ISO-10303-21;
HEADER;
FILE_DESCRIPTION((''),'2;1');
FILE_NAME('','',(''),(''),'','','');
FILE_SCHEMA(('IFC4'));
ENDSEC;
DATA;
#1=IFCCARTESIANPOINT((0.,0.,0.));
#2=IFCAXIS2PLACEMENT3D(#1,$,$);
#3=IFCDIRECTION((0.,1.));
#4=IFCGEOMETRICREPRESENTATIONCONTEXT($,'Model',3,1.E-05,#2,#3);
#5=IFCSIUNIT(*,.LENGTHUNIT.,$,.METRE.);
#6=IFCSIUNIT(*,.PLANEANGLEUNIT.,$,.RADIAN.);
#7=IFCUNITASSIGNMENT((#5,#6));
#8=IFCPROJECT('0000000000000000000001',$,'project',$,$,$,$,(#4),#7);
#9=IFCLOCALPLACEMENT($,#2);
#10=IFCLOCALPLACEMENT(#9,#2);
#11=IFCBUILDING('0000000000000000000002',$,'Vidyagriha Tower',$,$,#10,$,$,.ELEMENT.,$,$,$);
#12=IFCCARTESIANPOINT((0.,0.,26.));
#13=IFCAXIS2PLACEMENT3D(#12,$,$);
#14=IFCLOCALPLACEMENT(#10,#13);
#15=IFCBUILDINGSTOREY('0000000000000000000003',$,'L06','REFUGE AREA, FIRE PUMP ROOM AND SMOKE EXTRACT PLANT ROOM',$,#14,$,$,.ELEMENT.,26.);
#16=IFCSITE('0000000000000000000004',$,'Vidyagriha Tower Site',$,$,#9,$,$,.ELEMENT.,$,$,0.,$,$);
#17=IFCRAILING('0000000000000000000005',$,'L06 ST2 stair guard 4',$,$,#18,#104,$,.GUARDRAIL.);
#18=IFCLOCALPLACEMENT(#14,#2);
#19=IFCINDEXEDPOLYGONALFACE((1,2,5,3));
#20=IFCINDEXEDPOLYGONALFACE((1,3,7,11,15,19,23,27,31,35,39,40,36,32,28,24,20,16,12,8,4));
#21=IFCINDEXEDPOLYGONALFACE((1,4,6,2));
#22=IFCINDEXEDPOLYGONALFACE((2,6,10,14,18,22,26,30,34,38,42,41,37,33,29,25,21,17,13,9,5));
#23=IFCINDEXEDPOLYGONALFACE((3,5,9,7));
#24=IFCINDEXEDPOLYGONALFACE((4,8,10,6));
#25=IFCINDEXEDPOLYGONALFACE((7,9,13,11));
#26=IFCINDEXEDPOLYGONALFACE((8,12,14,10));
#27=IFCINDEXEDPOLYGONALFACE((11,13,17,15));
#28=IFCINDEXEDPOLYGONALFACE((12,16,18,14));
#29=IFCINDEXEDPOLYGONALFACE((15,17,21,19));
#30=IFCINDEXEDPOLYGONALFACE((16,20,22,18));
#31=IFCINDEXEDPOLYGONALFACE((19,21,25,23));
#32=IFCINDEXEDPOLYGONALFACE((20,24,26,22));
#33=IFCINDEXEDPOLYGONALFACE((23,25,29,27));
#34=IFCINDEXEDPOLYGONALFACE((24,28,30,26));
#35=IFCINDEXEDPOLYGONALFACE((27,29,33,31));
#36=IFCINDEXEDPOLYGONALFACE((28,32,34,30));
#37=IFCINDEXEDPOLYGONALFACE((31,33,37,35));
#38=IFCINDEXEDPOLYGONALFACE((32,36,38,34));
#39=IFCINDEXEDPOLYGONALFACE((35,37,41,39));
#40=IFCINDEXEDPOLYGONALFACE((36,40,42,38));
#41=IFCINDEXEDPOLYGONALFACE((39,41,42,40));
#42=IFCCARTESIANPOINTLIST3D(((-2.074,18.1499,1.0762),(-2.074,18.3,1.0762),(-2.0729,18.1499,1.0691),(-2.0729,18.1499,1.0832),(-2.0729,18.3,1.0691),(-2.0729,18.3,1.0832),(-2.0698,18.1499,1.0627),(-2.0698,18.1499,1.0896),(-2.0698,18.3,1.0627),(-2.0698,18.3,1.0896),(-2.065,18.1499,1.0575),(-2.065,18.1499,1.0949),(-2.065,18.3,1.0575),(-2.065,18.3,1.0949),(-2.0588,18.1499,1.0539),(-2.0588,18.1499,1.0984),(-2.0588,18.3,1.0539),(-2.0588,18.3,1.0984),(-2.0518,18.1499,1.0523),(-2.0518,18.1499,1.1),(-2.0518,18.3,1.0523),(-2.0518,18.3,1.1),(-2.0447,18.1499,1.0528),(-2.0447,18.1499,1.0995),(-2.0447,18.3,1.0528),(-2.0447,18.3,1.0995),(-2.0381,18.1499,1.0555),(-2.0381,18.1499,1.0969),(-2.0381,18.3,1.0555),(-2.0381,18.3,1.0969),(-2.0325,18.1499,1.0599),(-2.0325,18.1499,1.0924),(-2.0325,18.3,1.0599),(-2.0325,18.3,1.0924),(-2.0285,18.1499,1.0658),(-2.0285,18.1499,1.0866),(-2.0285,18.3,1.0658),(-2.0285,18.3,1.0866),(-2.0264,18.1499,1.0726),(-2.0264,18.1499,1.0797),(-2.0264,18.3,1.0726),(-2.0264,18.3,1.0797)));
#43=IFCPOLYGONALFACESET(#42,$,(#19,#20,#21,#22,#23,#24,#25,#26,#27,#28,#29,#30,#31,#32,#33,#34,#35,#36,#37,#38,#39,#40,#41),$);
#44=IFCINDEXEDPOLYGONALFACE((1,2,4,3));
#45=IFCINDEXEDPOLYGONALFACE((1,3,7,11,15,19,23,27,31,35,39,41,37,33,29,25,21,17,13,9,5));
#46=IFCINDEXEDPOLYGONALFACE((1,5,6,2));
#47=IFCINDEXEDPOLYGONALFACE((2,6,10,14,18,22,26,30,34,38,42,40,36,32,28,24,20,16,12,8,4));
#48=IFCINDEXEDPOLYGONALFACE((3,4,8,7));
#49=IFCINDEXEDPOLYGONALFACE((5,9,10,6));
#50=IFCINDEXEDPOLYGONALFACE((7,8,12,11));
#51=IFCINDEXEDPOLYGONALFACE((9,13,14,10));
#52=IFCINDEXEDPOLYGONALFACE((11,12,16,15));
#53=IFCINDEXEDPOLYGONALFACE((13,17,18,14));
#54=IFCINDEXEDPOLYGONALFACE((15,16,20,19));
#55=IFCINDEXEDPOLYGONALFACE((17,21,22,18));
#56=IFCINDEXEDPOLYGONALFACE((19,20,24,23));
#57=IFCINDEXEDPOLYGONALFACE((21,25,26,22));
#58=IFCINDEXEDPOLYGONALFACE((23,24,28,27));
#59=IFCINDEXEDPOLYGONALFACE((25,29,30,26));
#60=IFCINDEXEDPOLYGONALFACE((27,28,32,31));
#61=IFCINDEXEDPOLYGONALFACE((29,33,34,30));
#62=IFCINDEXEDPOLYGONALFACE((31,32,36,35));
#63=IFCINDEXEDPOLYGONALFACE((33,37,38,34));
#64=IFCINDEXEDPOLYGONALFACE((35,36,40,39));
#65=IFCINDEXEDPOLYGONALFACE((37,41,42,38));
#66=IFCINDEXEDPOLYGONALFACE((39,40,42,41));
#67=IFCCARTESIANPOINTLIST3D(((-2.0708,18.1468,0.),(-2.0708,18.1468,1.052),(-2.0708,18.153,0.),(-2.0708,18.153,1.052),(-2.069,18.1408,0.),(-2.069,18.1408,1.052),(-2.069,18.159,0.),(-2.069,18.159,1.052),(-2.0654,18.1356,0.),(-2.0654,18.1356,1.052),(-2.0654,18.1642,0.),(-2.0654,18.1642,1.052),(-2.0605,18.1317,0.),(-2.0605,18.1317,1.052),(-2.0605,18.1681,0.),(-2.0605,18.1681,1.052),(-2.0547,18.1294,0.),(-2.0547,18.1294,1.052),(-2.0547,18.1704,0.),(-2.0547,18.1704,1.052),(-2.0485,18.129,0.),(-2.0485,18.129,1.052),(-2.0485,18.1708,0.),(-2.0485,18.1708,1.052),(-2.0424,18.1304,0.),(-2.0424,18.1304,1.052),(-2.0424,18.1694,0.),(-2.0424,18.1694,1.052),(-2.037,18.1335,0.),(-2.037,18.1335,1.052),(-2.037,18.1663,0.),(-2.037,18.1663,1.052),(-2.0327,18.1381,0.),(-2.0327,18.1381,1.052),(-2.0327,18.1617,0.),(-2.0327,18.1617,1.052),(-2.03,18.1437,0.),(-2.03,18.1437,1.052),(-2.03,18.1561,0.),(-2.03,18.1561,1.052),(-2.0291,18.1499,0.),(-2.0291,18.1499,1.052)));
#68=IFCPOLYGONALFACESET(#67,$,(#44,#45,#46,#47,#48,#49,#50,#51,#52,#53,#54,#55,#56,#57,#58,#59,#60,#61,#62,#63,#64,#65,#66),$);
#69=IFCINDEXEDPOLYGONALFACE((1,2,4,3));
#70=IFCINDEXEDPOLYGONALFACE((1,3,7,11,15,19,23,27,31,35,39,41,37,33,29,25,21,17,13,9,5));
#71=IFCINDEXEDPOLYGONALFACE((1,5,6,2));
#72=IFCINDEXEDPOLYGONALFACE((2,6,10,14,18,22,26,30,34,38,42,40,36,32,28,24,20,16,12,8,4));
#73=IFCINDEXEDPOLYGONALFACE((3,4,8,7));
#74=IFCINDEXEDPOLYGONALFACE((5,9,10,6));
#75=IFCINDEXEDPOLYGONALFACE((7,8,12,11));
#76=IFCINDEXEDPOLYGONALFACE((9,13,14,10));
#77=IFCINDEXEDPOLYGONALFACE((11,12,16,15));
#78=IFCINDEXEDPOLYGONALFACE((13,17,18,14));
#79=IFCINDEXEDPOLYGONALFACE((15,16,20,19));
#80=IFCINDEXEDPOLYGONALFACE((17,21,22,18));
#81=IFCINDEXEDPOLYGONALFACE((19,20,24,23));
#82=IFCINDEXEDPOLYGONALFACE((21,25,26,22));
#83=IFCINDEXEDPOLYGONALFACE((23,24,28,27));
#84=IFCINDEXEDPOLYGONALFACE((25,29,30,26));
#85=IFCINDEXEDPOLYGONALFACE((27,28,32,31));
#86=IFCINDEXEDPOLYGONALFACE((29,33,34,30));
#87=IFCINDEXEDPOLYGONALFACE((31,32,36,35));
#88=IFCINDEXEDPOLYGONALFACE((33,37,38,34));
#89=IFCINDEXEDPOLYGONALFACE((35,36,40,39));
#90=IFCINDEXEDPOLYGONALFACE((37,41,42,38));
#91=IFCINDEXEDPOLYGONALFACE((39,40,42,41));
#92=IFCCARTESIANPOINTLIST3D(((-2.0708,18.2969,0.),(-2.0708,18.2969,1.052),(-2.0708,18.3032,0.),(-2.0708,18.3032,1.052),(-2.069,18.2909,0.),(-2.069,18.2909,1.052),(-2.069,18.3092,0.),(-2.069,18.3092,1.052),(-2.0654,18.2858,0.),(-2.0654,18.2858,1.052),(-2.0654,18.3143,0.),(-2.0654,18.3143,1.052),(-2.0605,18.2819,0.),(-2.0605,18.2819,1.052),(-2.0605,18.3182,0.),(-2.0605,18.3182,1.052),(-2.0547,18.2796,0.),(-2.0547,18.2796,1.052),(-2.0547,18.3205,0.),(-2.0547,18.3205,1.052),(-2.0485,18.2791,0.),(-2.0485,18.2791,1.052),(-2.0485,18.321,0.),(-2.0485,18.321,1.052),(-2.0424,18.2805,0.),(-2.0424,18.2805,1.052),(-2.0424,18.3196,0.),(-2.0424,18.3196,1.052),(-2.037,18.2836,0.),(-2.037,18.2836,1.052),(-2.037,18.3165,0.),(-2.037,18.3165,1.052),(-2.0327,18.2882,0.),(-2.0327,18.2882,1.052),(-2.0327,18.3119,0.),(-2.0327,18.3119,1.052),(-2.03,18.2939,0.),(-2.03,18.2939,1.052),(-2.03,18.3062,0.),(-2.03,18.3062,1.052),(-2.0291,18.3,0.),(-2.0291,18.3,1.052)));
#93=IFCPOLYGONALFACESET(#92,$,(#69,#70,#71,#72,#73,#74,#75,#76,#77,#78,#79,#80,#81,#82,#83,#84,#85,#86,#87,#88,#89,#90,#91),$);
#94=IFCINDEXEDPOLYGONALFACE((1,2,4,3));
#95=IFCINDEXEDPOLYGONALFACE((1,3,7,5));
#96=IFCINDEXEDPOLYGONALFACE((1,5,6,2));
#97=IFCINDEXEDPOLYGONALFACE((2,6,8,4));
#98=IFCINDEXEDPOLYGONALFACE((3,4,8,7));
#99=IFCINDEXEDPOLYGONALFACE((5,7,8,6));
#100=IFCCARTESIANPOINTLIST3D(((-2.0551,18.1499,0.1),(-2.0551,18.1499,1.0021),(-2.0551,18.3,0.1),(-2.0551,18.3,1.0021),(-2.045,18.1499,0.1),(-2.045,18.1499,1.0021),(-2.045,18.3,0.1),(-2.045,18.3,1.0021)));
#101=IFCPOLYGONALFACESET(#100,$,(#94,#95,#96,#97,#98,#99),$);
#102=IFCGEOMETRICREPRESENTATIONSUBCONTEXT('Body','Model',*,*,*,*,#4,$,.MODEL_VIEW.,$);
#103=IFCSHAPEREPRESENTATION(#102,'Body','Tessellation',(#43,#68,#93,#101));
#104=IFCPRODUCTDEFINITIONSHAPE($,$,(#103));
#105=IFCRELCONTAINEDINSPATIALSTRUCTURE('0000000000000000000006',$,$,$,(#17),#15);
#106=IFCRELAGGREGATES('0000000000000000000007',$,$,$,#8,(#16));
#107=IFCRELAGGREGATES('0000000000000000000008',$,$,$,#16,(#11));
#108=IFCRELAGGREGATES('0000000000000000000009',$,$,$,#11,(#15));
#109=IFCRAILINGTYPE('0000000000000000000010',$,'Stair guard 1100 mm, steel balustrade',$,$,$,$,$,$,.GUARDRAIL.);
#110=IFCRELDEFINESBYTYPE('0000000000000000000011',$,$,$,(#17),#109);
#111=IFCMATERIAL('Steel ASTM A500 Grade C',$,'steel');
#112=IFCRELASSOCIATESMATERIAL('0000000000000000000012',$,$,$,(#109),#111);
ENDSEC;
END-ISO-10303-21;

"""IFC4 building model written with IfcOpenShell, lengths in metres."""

from ifc_helpers import new_model, si_unit, direction, frame, origin, origin_2d, place, context, subcontext, project, spatial, rectangle, circle, extrude, material, type_object, element, save


model = new_model("IFC4")

# Units and contexts
model_context = context("Model", 3, precision=1e-05, world=origin(), true_north=direction((0.0, 1.0)))
body_context = subcontext(model_context, "Body", "Model", "MODEL_VIEW")
ifc_project = project(units=[si_unit("LENGTHUNIT", "METRE"), si_unit("PLANEANGLEUNIT", "RADIAN")], contexts=[model_context])

# Site, building, storey
site_placement = place(None, origin())
site = spatial("IfcSite", under=ifc_project, at=site_placement, Name="Vidyagriha Tower Site", CompositionType="ELEMENT", RefElevation=0.0)
building_placement = place(site_placement, origin())
building = spatial("IfcBuilding", under=site, at=building_placement, Name="Vidyagriha Tower", CompositionType="ELEMENT")
storey_placement = place(building_placement, frame((0.0, 0.0, 26.0)))
storey = spatial("IfcBuildingStorey", under=building, at=storey_placement, Name="L06", Description="REFUGE AREA, FIRE PUMP ROOM AND SMOKE EXTRACT PLANT ROOM", CompositionType="ELEMENT", Elevation=26.0)

# Railing
ifc_material_1 = material(Name="Steel ASTM A500 Grade C", Category="steel")
railing_type_1 = type_object("IfcRailingType", Name="Stair guard 1100 mm, steel balustrade", PredefinedType="GUARDRAIL", material=ifc_material_1)
railing_1_placement = place(storey_placement, frame((-2.05, 18.1499, 0.0)))
element("IfcRailing", 1, at=railing_1_placement, inside=storey, type_object=railing_type_1, Name="L06 ST2 stair guard 4", PredefinedType="GUARDRAIL", context=body_context, shape_type="SweptSolid", body=[
    extrude(circle(Radius=0.0239, at=origin_2d()), frame((0.0, 0.0, 1.0762), z_axis=(0.0, 1.0, 0.0), x_axis=(-1.0, 0.0, 0.0)), (0.0, 0.0, 1.0), 0.1501),
    extrude(circle(Radius=0.021, at=origin_2d()), origin(), (0.0, 0.0, 1.0), 1.052),
    extrude(circle(Radius=0.021, at=origin_2d()), frame((0.0, 0.1501, 0.0)), (0.0, 0.0, 1.0), 1.052),
    extrude(rectangle(XDim=0.01, YDim=0.9021, at=origin_2d()), frame((0.0, 0.0, 0.551), z_axis=(0.0, 1.0, 0.0), x_axis=(-1.0, 0.0, 0.0)), (0.0, 0.0, 1.0), 0.1501),
])

save(model, "model.ifc")
